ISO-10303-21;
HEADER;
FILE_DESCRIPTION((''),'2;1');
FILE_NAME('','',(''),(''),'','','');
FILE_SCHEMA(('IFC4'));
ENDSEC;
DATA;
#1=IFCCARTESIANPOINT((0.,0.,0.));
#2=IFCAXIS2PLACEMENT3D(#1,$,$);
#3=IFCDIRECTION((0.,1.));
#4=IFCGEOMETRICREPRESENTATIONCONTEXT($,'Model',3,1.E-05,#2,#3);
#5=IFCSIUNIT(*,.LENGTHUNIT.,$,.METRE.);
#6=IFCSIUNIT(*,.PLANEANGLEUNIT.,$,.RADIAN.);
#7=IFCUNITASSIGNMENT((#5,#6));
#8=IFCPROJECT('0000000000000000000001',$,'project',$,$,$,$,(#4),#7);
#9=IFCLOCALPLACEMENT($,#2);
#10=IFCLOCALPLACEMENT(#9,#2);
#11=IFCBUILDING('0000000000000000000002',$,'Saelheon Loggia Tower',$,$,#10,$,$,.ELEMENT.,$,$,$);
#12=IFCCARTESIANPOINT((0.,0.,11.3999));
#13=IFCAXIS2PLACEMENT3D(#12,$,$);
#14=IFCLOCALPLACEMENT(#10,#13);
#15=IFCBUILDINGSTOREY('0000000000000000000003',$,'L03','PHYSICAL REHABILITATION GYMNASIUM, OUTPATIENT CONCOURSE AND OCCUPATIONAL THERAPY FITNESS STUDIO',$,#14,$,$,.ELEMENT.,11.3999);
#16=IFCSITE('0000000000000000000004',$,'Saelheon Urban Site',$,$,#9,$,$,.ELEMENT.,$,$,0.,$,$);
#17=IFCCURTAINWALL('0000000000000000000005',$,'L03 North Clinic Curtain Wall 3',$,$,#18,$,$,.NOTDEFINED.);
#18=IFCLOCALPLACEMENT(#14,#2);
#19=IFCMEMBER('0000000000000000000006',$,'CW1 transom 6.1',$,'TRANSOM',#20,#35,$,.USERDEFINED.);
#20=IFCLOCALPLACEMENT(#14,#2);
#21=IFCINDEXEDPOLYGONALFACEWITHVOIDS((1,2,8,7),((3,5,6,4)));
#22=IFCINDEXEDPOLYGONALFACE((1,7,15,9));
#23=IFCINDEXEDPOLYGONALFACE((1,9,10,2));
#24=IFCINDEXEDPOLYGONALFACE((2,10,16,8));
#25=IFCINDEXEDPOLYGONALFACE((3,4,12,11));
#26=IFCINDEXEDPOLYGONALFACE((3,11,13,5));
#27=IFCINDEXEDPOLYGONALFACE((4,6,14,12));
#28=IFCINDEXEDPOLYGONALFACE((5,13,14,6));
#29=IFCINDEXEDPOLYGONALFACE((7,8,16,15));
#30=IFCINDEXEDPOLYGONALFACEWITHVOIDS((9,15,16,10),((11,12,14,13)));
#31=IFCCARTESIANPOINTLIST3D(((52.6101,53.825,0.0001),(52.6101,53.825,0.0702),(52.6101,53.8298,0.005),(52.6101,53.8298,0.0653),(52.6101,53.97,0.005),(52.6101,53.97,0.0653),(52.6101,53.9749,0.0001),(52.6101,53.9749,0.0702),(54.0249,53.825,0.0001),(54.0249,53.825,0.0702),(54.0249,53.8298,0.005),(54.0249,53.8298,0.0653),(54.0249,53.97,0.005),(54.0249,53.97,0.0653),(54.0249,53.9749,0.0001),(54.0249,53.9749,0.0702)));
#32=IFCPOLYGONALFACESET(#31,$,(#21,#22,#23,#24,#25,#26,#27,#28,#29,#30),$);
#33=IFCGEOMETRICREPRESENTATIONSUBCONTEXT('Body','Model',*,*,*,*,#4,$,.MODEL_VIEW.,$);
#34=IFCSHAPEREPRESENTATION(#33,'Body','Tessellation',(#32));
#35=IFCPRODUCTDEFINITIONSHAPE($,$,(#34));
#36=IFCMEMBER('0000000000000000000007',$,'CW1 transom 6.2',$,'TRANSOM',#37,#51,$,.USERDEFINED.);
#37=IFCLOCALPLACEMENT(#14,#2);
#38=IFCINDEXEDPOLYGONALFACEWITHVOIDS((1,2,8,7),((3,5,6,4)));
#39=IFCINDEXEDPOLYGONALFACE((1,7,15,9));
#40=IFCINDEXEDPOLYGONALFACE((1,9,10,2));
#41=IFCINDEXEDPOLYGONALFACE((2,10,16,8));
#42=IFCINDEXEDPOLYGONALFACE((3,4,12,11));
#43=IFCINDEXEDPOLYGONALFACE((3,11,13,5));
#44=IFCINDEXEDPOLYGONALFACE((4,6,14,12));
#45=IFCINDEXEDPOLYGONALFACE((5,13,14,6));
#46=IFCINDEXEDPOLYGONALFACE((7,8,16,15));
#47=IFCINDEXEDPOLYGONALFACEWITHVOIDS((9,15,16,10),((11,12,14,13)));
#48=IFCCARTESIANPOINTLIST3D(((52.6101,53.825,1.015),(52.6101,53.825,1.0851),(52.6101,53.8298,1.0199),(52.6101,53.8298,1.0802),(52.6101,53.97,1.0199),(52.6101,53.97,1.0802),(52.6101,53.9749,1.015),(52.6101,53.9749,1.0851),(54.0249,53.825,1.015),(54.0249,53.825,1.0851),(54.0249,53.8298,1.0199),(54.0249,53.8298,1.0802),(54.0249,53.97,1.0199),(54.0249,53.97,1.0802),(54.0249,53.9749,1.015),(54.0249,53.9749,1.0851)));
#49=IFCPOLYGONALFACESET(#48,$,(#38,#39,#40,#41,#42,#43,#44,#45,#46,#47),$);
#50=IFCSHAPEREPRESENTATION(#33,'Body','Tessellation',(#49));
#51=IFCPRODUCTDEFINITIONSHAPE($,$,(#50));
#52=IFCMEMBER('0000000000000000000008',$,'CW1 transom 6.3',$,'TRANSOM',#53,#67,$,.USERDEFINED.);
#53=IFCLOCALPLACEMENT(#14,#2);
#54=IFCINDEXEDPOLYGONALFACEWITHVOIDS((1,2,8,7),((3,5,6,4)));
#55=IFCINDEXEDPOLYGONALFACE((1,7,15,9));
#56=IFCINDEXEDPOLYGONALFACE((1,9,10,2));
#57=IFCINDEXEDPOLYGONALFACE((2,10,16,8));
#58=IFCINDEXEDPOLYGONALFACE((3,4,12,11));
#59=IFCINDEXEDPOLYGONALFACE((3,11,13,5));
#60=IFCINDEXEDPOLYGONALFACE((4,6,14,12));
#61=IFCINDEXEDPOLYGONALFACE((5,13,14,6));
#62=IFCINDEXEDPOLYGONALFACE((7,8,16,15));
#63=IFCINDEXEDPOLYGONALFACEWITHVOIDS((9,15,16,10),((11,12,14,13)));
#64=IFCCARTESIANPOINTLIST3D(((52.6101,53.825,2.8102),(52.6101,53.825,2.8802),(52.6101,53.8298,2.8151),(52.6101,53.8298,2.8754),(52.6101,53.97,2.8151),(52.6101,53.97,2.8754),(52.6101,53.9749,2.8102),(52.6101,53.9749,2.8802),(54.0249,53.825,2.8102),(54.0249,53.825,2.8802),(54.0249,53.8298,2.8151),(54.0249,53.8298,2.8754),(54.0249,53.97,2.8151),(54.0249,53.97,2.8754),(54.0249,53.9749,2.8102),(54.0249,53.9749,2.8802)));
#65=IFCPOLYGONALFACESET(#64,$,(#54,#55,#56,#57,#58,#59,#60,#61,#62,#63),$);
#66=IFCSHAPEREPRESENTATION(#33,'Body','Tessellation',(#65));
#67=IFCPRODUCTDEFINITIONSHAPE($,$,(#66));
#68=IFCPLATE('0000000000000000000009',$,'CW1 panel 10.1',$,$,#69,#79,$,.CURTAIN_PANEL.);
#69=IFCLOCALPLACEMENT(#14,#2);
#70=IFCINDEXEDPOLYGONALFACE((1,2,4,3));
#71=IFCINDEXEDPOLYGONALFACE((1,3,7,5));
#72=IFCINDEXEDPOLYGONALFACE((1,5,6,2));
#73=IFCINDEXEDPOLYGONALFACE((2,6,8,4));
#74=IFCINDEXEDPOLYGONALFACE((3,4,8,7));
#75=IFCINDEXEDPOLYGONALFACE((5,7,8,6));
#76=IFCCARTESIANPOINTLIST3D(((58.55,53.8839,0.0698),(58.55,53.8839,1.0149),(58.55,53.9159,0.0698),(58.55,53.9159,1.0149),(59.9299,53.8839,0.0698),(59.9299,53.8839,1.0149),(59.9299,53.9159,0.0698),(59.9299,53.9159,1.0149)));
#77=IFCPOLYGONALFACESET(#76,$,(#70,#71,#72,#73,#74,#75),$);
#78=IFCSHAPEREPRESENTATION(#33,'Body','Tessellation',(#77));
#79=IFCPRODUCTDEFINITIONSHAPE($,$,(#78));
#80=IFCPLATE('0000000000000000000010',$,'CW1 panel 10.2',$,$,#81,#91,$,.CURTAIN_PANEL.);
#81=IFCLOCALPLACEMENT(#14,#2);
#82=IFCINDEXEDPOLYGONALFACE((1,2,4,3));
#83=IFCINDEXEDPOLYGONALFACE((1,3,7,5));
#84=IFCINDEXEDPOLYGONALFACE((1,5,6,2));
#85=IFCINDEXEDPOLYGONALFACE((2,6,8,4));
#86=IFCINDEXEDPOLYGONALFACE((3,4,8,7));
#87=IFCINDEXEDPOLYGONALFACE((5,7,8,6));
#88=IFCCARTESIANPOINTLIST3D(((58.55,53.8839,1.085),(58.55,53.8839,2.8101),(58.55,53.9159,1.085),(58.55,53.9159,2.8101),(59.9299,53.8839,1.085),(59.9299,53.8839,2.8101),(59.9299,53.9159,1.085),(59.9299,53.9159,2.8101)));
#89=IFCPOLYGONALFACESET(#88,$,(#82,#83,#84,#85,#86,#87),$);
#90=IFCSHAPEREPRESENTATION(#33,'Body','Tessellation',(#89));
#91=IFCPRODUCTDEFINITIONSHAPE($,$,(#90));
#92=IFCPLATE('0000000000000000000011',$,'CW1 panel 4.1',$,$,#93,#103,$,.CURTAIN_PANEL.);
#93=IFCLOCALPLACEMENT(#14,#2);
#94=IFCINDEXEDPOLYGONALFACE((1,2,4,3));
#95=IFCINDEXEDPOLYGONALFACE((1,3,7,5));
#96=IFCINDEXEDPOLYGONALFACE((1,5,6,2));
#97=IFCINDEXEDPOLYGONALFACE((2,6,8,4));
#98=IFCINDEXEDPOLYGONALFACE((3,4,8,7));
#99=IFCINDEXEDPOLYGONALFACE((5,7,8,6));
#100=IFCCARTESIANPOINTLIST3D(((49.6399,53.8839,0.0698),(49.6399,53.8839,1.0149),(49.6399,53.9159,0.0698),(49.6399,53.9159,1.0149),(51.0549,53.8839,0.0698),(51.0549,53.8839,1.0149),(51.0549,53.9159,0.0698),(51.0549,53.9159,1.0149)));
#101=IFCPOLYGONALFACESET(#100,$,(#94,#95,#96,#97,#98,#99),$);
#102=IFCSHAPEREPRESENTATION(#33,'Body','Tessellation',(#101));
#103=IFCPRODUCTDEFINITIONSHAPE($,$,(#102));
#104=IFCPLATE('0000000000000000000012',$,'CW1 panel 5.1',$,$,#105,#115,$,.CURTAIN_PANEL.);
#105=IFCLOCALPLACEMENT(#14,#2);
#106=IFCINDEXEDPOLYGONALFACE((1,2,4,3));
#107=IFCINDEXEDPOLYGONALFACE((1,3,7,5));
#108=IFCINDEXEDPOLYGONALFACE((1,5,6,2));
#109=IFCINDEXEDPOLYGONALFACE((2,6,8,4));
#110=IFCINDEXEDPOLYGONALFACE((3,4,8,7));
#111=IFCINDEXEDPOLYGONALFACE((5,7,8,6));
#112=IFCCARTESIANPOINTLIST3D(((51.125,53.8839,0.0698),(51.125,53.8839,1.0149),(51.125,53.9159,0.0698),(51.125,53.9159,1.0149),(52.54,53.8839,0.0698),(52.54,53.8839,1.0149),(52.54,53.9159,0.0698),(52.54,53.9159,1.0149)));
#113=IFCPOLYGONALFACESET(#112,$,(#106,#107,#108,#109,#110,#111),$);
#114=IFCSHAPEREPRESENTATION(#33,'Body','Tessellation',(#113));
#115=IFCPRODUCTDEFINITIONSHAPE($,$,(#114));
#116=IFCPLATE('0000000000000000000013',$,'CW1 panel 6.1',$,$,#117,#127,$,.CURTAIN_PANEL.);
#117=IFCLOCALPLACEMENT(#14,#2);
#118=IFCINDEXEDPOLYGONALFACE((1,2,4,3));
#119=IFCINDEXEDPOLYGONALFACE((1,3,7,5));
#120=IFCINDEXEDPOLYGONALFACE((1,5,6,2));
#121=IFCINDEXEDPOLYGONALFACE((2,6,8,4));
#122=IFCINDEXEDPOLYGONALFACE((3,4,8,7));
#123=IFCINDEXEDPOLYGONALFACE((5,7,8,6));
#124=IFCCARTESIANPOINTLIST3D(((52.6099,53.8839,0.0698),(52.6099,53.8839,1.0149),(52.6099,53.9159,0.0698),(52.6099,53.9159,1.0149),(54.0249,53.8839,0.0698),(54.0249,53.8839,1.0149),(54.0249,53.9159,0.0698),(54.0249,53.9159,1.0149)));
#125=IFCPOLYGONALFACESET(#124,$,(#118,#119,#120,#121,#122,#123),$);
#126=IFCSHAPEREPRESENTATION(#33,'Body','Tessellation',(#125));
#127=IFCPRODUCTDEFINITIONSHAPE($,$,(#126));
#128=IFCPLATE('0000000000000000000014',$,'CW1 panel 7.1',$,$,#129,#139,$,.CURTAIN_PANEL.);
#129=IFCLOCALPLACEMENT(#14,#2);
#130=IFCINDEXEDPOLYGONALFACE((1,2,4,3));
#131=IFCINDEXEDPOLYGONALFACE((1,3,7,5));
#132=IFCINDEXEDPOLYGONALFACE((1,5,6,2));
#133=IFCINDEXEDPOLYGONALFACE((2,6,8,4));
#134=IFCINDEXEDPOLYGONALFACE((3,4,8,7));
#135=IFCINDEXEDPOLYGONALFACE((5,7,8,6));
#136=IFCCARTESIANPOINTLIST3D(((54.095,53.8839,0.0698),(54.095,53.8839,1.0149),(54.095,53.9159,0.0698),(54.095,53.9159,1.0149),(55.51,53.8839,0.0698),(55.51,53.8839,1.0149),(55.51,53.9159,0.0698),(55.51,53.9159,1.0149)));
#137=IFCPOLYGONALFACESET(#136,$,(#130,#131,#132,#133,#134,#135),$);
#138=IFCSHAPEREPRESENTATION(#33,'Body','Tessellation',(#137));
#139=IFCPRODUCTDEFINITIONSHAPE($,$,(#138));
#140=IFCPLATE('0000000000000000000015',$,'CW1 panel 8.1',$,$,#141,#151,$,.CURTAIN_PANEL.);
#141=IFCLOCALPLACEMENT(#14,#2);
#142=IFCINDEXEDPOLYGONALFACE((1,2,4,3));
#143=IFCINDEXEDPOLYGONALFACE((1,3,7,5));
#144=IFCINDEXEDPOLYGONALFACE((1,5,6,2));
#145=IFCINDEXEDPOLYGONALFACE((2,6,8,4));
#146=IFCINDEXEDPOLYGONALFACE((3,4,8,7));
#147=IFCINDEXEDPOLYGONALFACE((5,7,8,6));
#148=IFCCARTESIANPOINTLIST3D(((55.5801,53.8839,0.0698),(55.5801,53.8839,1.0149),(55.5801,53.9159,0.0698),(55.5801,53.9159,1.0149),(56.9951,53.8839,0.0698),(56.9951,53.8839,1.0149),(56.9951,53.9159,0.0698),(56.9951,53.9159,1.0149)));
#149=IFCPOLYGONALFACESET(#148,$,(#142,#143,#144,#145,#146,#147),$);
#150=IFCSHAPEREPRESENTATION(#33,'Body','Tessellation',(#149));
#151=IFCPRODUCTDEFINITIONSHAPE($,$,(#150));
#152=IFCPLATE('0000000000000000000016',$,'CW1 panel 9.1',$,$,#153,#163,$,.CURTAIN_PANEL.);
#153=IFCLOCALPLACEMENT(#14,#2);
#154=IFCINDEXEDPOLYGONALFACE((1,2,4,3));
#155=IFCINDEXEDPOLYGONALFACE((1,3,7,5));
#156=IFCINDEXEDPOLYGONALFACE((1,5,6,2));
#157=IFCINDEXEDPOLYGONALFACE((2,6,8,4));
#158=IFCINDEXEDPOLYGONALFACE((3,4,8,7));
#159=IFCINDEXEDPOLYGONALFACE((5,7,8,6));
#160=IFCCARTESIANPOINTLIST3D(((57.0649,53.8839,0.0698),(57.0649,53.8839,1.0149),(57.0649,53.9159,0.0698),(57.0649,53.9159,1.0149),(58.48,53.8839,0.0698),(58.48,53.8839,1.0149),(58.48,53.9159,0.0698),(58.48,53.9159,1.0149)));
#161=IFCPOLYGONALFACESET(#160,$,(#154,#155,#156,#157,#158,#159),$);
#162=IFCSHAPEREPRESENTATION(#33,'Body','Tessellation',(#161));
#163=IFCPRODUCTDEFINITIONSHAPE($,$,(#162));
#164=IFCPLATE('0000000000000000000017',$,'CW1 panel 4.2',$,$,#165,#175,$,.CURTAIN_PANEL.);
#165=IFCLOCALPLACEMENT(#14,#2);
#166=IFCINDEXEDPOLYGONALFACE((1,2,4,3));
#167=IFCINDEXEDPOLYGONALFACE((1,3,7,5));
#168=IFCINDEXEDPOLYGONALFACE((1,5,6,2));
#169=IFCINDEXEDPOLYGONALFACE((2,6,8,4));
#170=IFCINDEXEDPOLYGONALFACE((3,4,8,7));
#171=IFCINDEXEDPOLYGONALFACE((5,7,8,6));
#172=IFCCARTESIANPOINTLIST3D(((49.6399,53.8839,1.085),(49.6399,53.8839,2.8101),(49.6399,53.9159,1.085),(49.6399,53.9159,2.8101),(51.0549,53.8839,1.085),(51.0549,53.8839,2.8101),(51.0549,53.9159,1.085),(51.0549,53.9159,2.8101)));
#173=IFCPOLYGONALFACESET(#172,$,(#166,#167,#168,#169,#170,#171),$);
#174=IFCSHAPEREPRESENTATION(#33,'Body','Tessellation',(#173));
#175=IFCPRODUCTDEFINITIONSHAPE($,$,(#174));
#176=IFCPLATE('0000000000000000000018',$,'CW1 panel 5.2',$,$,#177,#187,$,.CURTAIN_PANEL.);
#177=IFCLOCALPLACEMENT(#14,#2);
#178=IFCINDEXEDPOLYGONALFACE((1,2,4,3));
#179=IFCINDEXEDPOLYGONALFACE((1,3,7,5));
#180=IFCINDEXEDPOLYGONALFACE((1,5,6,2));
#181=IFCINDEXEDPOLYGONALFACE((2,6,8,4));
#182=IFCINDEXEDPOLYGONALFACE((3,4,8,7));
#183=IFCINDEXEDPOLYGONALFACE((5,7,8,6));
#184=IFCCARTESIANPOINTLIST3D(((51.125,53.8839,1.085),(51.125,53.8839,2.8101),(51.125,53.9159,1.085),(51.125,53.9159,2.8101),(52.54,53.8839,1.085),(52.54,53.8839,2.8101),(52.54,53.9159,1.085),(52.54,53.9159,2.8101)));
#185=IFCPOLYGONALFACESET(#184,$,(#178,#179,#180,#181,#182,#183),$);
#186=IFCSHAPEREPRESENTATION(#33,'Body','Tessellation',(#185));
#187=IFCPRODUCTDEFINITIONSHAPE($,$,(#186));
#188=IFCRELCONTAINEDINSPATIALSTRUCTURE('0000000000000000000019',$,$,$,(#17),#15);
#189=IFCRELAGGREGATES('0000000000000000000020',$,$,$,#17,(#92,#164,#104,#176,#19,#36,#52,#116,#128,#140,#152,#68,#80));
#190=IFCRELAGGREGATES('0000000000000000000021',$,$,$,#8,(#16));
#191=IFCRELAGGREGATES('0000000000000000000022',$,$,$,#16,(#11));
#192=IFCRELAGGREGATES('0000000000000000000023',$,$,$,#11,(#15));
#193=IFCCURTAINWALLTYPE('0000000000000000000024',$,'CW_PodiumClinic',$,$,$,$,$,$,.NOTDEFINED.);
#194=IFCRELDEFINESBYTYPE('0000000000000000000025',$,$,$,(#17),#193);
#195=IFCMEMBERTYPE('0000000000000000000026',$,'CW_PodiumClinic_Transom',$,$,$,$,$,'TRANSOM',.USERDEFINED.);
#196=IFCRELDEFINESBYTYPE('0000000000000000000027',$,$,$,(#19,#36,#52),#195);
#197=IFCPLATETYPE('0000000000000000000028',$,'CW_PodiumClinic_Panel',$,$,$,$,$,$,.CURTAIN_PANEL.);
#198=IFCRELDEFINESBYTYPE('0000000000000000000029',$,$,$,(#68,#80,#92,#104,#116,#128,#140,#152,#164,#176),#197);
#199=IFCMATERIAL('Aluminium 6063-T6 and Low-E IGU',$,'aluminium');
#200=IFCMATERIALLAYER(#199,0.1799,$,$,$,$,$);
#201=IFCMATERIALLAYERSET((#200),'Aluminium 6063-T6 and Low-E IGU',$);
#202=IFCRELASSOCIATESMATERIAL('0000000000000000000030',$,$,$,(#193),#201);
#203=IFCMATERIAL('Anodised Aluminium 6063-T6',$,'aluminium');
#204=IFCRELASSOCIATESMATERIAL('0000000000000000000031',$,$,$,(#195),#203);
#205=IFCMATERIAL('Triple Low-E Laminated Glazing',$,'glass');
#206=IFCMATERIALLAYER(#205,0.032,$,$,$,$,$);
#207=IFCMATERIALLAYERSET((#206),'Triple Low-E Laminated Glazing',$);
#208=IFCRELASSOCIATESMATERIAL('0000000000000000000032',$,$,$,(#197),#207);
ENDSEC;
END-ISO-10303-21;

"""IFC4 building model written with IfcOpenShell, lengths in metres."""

from ifc_helpers import new_model, si_unit, direction, frame, origin, origin_2d, place, context, subcontext, project, spatial, rectangle, hollow_rectangle, extrude, source, transform, mapped, material, layer, layer_set, material_profile, profile_set, type_object, element, aggregate, save


model = new_model("IFC4")

# Units and contexts
model_context = context("Model", 3, precision=1e-05, world=origin(), true_north=direction((0.0, 1.0)))
body_context = subcontext(model_context, "Body", "Model", "MODEL_VIEW")
ifc_project = project(units=[si_unit("LENGTHUNIT", "METRE"), si_unit("PLANEANGLEUNIT", "RADIAN")], contexts=[model_context])

# Site, building, storey
site_placement = place(None, origin())
site = spatial("IfcSite", under=ifc_project, at=site_placement, Name="Saelheon Urban Site", CompositionType="ELEMENT", RefElevation=0.0)
building_placement = place(site_placement, origin())
building = spatial("IfcBuilding", under=site, at=building_placement, Name="Saelheon Loggia Tower", CompositionType="ELEMENT")
storey_placement = place(building_placement, frame((0.0, 0.0, 11.3999)))
storey = spatial("IfcBuildingStorey", under=building, at=storey_placement, Name="L03", Description="PHYSICAL REHABILITATION GYMNASIUM, OUTPATIENT CONCOURSE AND OCCUPATIONAL THERAPY FITNESS STUDIO", CompositionType="ELEMENT", Elevation=11.3999)

# Curtain wall, members, plates
ifc_material_1 = material(Name="Aluminium 6063-T6 and Low-E IGU", Category="aluminium")
ifc_layer_1 = layer(ifc_material_1, 0.1799)
ifc_layer_set_1 = layer_set([ifc_layer_1], Name="Aluminium 6063-T6 and Low-E IGU")
curtain_wall_type = type_object("IfcCurtainWallType", Name="CW_PodiumClinic", PredefinedType="NOTDEFINED", material=ifc_layer_set_1)
curtain_wall_placement = place(storey_placement, origin())
curtain_wall = element("IfcCurtainWall", 1, at=curtain_wall_placement, inside=storey, type_object=curtain_wall_type, Name="L03 North Clinic Curtain Wall 3", PredefinedType="NOTDEFINED")
ifc_material_2 = material(Name="Anodised Aluminium 6063-T6", Category="aluminium")
ifc_material_profile_1 = material_profile(ifc_material_2, hollow_rectangle(XDim=0.0701, YDim=0.1499, WallThickness=0.0049, at=origin_2d()), Name="RHS-150x70x5")
ifc_profile_set_1 = profile_set([ifc_material_profile_1], Name="Anodised Aluminium 6063-T6")
member_type_1 = type_object("IfcMemberType", Name="CW_PodiumClinic_Transom", ElementType="TRANSOM", PredefinedType="USERDEFINED", material=ifc_profile_set_1)
shared_shape_1 = source(origin(), body_context, "Body", "SweptSolid", [
    extrude(hollow_rectangle(XDim=0.0701, YDim=0.1499, WallThickness=0.0049, at=origin_2d()), origin(), (0.0, 0.0, 1.0), 1.4148),
])
member_1_placement = place(storey_placement, frame((52.6101, 53.8999, 0.0352), z_axis=(1.0, 0.0, 0.0), x_axis=(0.0, 0.0, 1.0)))
member_1 = element("IfcMember", 2, at=member_1_placement, type_object=member_type_1, Name="CW1 transom 6.1", ObjectType="TRANSOM", PredefinedType="USERDEFINED", context=body_context, shape_type="MappedRepresentation", body=[
    mapped(shared_shape_1, transform((0.0, 0.0, 0.0), scale=1.0)),
])
member_2_placement = place(storey_placement, frame((52.6101, 53.8999, 1.05), z_axis=(1.0, 0.0, 0.0), x_axis=(0.0, 0.0, 1.0)))
member_2 = element("IfcMember", 3, at=member_2_placement, type_object=member_type_1, Name="CW1 transom 6.2", ObjectType="TRANSOM", PredefinedType="USERDEFINED", context=body_context, shape_type="MappedRepresentation", body=[
    mapped(shared_shape_1, transform((0.0, 0.0, 0.0), scale=1.0)),
])
member_3_placement = place(storey_placement, frame((52.6101, 53.8999, 2.8452), z_axis=(1.0, 0.0, 0.0), x_axis=(0.0, 0.0, 1.0)))
member_3 = element("IfcMember", 4, at=member_3_placement, type_object=member_type_1, Name="CW1 transom 6.3", ObjectType="TRANSOM", PredefinedType="USERDEFINED", context=body_context, shape_type="MappedRepresentation", body=[
    mapped(shared_shape_1, transform((0.0, 0.0, 0.0), scale=1.0)),
])
ifc_material_3 = material(Name="Triple Low-E Laminated Glazing", Category="glass")
ifc_layer_2 = layer(ifc_material_3, 0.032)
ifc_layer_set_2 = layer_set([ifc_layer_2], Name="Triple Low-E Laminated Glazing")
plate_type = type_object("IfcPlateType", Name="CW_PodiumClinic_Panel", PredefinedType="CURTAIN_PANEL", material=ifc_layer_set_2)
shared_shape_2 = source(origin(), body_context, "Body", "SweptSolid", [
    extrude(rectangle(XDim=1.3799, YDim=0.032, at=origin_2d()), origin(), (0.0, 0.0, 1.0), 0.9451),
])
plate_1_placement = place(storey_placement, frame((59.24, 53.8999, 0.0698), z_axis=(0.0, 0.0, 1.0), x_axis=(1.0, 0.0, 0.0)))
plate_1 = element("IfcPlate", 5, at=plate_1_placement, type_object=plate_type, Name="CW1 panel 10.1", PredefinedType="CURTAIN_PANEL", context=body_context, shape_type="MappedRepresentation", body=[
    mapped(shared_shape_2, transform((0.0, 0.0, 0.0), scale=1.0)),
])
shared_shape_3 = source(origin(), body_context, "Body", "SweptSolid", [
    extrude(rectangle(XDim=1.3799, YDim=0.032, at=origin_2d()), origin(), (0.0, 0.0, 1.0), 1.7251),
])
plate_2_placement = place(storey_placement, frame((59.24, 53.8999, 1.085), z_axis=(0.0, 0.0, 1.0), x_axis=(1.0, 0.0, 0.0)))
plate_2 = element("IfcPlate", 6, at=plate_2_placement, type_object=plate_type, Name="CW1 panel 10.2", PredefinedType="CURTAIN_PANEL", context=body_context, shape_type="MappedRepresentation", body=[
    mapped(shared_shape_3, transform((0.0, 0.0, 0.0), scale=1.0)),
])
shared_shape_4 = source(origin(), body_context, "Body", "SweptSolid", [
    extrude(rectangle(XDim=1.415, YDim=0.032, at=origin_2d()), origin(), (0.0, 0.0, 1.0), 0.9451),
])
plate_3_placement = place(storey_placement, frame((50.3474, 53.8999, 0.0698), z_axis=(0.0, 0.0, 1.0), x_axis=(1.0, 0.0, 0.0)))
plate_3 = element("IfcPlate", 7, at=plate_3_placement, type_object=plate_type, Name="CW1 panel 4.1", PredefinedType="CURTAIN_PANEL", context=body_context, shape_type="MappedRepresentation", body=[
    mapped(shared_shape_4, transform((0.0, 0.0, 0.0), scale=1.0)),
])
plate_4_placement = place(storey_placement, frame((51.8325, 53.8999, 0.0698), z_axis=(0.0, 0.0, 1.0), x_axis=(1.0, 0.0, 0.0)))
plate_4 = element("IfcPlate", 8, at=plate_4_placement, type_object=plate_type, Name="CW1 panel 5.1", PredefinedType="CURTAIN_PANEL", context=body_context, shape_type="MappedRepresentation", body=[
    mapped(shared_shape_4, transform((0.0, 0.0, 0.0), scale=1.0)),
])
plate_5_placement = place(storey_placement, frame((53.3174, 53.8999, 0.0698), z_axis=(0.0, 0.0, 1.0), x_axis=(1.0, 0.0, 0.0)))
plate_5 = element("IfcPlate", 9, at=plate_5_placement, type_object=plate_type, Name="CW1 panel 6.1", PredefinedType="CURTAIN_PANEL", context=body_context, shape_type="MappedRepresentation", body=[
    mapped(shared_shape_4, transform((0.0, 0.0, 0.0), scale=1.0)),
])
plate_6_placement = place(storey_placement, frame((54.8025, 53.8999, 0.0698), z_axis=(0.0, 0.0, 1.0), x_axis=(1.0, 0.0, 0.0)))
plate_6 = element("IfcPlate", 10, at=plate_6_placement, type_object=plate_type, Name="CW1 panel 7.1", PredefinedType="CURTAIN_PANEL", context=body_context, shape_type="MappedRepresentation", body=[
    mapped(shared_shape_4, transform((0.0, 0.0, 0.0), scale=1.0)),
])
plate_7_placement = place(storey_placement, frame((56.2876, 53.8999, 0.0698), z_axis=(0.0, 0.0, 1.0), x_axis=(1.0, 0.0, 0.0)))
plate_7 = element("IfcPlate", 11, at=plate_7_placement, type_object=plate_type, Name="CW1 panel 8.1", PredefinedType="CURTAIN_PANEL", context=body_context, shape_type="MappedRepresentation", body=[
    mapped(shared_shape_4, transform((0.0, 0.0, 0.0), scale=1.0)),
])
plate_8_placement = place(storey_placement, frame((57.7725, 53.8999, 0.0698), z_axis=(0.0, 0.0, 1.0), x_axis=(1.0, 0.0, 0.0)))
plate_8 = element("IfcPlate", 12, at=plate_8_placement, type_object=plate_type, Name="CW1 panel 9.1", PredefinedType="CURTAIN_PANEL", context=body_context, shape_type="MappedRepresentation", body=[
    mapped(shared_shape_4, transform((0.0, 0.0, 0.0), scale=1.0)),
])
shared_shape_5 = source(origin(), body_context, "Body", "SweptSolid", [
    extrude(rectangle(XDim=1.415, YDim=0.032, at=origin_2d()), origin(), (0.0, 0.0, 1.0), 1.7251),
])
plate_9_placement = place(storey_placement, frame((50.3474, 53.8999, 1.085), z_axis=(0.0, 0.0, 1.0), x_axis=(1.0, 0.0, 0.0)))
plate_9 = element("IfcPlate", 13, at=plate_9_placement, type_object=plate_type, Name="CW1 panel 4.2", PredefinedType="CURTAIN_PANEL", context=body_context, shape_type="MappedRepresentation", body=[
    mapped(shared_shape_5, transform((0.0, 0.0, 0.0), scale=1.0)),
])
plate_10_placement = place(storey_placement, frame((51.8325, 53.8999, 1.085), z_axis=(0.0, 0.0, 1.0), x_axis=(1.0, 0.0, 0.0)))
plate_10 = element("IfcPlate", 14, at=plate_10_placement, type_object=plate_type, Name="CW1 panel 5.2", PredefinedType="CURTAIN_PANEL", context=body_context, shape_type="MappedRepresentation", body=[
    mapped(shared_shape_5, transform((0.0, 0.0, 0.0), scale=1.0)),
])
aggregate(curtain_wall, [plate_3, plate_9, plate_4, plate_10, member_1, member_2, member_3, plate_5, plate_6, plate_7, plate_8, plate_1, plate_2])

save(model, "model.ifc")
